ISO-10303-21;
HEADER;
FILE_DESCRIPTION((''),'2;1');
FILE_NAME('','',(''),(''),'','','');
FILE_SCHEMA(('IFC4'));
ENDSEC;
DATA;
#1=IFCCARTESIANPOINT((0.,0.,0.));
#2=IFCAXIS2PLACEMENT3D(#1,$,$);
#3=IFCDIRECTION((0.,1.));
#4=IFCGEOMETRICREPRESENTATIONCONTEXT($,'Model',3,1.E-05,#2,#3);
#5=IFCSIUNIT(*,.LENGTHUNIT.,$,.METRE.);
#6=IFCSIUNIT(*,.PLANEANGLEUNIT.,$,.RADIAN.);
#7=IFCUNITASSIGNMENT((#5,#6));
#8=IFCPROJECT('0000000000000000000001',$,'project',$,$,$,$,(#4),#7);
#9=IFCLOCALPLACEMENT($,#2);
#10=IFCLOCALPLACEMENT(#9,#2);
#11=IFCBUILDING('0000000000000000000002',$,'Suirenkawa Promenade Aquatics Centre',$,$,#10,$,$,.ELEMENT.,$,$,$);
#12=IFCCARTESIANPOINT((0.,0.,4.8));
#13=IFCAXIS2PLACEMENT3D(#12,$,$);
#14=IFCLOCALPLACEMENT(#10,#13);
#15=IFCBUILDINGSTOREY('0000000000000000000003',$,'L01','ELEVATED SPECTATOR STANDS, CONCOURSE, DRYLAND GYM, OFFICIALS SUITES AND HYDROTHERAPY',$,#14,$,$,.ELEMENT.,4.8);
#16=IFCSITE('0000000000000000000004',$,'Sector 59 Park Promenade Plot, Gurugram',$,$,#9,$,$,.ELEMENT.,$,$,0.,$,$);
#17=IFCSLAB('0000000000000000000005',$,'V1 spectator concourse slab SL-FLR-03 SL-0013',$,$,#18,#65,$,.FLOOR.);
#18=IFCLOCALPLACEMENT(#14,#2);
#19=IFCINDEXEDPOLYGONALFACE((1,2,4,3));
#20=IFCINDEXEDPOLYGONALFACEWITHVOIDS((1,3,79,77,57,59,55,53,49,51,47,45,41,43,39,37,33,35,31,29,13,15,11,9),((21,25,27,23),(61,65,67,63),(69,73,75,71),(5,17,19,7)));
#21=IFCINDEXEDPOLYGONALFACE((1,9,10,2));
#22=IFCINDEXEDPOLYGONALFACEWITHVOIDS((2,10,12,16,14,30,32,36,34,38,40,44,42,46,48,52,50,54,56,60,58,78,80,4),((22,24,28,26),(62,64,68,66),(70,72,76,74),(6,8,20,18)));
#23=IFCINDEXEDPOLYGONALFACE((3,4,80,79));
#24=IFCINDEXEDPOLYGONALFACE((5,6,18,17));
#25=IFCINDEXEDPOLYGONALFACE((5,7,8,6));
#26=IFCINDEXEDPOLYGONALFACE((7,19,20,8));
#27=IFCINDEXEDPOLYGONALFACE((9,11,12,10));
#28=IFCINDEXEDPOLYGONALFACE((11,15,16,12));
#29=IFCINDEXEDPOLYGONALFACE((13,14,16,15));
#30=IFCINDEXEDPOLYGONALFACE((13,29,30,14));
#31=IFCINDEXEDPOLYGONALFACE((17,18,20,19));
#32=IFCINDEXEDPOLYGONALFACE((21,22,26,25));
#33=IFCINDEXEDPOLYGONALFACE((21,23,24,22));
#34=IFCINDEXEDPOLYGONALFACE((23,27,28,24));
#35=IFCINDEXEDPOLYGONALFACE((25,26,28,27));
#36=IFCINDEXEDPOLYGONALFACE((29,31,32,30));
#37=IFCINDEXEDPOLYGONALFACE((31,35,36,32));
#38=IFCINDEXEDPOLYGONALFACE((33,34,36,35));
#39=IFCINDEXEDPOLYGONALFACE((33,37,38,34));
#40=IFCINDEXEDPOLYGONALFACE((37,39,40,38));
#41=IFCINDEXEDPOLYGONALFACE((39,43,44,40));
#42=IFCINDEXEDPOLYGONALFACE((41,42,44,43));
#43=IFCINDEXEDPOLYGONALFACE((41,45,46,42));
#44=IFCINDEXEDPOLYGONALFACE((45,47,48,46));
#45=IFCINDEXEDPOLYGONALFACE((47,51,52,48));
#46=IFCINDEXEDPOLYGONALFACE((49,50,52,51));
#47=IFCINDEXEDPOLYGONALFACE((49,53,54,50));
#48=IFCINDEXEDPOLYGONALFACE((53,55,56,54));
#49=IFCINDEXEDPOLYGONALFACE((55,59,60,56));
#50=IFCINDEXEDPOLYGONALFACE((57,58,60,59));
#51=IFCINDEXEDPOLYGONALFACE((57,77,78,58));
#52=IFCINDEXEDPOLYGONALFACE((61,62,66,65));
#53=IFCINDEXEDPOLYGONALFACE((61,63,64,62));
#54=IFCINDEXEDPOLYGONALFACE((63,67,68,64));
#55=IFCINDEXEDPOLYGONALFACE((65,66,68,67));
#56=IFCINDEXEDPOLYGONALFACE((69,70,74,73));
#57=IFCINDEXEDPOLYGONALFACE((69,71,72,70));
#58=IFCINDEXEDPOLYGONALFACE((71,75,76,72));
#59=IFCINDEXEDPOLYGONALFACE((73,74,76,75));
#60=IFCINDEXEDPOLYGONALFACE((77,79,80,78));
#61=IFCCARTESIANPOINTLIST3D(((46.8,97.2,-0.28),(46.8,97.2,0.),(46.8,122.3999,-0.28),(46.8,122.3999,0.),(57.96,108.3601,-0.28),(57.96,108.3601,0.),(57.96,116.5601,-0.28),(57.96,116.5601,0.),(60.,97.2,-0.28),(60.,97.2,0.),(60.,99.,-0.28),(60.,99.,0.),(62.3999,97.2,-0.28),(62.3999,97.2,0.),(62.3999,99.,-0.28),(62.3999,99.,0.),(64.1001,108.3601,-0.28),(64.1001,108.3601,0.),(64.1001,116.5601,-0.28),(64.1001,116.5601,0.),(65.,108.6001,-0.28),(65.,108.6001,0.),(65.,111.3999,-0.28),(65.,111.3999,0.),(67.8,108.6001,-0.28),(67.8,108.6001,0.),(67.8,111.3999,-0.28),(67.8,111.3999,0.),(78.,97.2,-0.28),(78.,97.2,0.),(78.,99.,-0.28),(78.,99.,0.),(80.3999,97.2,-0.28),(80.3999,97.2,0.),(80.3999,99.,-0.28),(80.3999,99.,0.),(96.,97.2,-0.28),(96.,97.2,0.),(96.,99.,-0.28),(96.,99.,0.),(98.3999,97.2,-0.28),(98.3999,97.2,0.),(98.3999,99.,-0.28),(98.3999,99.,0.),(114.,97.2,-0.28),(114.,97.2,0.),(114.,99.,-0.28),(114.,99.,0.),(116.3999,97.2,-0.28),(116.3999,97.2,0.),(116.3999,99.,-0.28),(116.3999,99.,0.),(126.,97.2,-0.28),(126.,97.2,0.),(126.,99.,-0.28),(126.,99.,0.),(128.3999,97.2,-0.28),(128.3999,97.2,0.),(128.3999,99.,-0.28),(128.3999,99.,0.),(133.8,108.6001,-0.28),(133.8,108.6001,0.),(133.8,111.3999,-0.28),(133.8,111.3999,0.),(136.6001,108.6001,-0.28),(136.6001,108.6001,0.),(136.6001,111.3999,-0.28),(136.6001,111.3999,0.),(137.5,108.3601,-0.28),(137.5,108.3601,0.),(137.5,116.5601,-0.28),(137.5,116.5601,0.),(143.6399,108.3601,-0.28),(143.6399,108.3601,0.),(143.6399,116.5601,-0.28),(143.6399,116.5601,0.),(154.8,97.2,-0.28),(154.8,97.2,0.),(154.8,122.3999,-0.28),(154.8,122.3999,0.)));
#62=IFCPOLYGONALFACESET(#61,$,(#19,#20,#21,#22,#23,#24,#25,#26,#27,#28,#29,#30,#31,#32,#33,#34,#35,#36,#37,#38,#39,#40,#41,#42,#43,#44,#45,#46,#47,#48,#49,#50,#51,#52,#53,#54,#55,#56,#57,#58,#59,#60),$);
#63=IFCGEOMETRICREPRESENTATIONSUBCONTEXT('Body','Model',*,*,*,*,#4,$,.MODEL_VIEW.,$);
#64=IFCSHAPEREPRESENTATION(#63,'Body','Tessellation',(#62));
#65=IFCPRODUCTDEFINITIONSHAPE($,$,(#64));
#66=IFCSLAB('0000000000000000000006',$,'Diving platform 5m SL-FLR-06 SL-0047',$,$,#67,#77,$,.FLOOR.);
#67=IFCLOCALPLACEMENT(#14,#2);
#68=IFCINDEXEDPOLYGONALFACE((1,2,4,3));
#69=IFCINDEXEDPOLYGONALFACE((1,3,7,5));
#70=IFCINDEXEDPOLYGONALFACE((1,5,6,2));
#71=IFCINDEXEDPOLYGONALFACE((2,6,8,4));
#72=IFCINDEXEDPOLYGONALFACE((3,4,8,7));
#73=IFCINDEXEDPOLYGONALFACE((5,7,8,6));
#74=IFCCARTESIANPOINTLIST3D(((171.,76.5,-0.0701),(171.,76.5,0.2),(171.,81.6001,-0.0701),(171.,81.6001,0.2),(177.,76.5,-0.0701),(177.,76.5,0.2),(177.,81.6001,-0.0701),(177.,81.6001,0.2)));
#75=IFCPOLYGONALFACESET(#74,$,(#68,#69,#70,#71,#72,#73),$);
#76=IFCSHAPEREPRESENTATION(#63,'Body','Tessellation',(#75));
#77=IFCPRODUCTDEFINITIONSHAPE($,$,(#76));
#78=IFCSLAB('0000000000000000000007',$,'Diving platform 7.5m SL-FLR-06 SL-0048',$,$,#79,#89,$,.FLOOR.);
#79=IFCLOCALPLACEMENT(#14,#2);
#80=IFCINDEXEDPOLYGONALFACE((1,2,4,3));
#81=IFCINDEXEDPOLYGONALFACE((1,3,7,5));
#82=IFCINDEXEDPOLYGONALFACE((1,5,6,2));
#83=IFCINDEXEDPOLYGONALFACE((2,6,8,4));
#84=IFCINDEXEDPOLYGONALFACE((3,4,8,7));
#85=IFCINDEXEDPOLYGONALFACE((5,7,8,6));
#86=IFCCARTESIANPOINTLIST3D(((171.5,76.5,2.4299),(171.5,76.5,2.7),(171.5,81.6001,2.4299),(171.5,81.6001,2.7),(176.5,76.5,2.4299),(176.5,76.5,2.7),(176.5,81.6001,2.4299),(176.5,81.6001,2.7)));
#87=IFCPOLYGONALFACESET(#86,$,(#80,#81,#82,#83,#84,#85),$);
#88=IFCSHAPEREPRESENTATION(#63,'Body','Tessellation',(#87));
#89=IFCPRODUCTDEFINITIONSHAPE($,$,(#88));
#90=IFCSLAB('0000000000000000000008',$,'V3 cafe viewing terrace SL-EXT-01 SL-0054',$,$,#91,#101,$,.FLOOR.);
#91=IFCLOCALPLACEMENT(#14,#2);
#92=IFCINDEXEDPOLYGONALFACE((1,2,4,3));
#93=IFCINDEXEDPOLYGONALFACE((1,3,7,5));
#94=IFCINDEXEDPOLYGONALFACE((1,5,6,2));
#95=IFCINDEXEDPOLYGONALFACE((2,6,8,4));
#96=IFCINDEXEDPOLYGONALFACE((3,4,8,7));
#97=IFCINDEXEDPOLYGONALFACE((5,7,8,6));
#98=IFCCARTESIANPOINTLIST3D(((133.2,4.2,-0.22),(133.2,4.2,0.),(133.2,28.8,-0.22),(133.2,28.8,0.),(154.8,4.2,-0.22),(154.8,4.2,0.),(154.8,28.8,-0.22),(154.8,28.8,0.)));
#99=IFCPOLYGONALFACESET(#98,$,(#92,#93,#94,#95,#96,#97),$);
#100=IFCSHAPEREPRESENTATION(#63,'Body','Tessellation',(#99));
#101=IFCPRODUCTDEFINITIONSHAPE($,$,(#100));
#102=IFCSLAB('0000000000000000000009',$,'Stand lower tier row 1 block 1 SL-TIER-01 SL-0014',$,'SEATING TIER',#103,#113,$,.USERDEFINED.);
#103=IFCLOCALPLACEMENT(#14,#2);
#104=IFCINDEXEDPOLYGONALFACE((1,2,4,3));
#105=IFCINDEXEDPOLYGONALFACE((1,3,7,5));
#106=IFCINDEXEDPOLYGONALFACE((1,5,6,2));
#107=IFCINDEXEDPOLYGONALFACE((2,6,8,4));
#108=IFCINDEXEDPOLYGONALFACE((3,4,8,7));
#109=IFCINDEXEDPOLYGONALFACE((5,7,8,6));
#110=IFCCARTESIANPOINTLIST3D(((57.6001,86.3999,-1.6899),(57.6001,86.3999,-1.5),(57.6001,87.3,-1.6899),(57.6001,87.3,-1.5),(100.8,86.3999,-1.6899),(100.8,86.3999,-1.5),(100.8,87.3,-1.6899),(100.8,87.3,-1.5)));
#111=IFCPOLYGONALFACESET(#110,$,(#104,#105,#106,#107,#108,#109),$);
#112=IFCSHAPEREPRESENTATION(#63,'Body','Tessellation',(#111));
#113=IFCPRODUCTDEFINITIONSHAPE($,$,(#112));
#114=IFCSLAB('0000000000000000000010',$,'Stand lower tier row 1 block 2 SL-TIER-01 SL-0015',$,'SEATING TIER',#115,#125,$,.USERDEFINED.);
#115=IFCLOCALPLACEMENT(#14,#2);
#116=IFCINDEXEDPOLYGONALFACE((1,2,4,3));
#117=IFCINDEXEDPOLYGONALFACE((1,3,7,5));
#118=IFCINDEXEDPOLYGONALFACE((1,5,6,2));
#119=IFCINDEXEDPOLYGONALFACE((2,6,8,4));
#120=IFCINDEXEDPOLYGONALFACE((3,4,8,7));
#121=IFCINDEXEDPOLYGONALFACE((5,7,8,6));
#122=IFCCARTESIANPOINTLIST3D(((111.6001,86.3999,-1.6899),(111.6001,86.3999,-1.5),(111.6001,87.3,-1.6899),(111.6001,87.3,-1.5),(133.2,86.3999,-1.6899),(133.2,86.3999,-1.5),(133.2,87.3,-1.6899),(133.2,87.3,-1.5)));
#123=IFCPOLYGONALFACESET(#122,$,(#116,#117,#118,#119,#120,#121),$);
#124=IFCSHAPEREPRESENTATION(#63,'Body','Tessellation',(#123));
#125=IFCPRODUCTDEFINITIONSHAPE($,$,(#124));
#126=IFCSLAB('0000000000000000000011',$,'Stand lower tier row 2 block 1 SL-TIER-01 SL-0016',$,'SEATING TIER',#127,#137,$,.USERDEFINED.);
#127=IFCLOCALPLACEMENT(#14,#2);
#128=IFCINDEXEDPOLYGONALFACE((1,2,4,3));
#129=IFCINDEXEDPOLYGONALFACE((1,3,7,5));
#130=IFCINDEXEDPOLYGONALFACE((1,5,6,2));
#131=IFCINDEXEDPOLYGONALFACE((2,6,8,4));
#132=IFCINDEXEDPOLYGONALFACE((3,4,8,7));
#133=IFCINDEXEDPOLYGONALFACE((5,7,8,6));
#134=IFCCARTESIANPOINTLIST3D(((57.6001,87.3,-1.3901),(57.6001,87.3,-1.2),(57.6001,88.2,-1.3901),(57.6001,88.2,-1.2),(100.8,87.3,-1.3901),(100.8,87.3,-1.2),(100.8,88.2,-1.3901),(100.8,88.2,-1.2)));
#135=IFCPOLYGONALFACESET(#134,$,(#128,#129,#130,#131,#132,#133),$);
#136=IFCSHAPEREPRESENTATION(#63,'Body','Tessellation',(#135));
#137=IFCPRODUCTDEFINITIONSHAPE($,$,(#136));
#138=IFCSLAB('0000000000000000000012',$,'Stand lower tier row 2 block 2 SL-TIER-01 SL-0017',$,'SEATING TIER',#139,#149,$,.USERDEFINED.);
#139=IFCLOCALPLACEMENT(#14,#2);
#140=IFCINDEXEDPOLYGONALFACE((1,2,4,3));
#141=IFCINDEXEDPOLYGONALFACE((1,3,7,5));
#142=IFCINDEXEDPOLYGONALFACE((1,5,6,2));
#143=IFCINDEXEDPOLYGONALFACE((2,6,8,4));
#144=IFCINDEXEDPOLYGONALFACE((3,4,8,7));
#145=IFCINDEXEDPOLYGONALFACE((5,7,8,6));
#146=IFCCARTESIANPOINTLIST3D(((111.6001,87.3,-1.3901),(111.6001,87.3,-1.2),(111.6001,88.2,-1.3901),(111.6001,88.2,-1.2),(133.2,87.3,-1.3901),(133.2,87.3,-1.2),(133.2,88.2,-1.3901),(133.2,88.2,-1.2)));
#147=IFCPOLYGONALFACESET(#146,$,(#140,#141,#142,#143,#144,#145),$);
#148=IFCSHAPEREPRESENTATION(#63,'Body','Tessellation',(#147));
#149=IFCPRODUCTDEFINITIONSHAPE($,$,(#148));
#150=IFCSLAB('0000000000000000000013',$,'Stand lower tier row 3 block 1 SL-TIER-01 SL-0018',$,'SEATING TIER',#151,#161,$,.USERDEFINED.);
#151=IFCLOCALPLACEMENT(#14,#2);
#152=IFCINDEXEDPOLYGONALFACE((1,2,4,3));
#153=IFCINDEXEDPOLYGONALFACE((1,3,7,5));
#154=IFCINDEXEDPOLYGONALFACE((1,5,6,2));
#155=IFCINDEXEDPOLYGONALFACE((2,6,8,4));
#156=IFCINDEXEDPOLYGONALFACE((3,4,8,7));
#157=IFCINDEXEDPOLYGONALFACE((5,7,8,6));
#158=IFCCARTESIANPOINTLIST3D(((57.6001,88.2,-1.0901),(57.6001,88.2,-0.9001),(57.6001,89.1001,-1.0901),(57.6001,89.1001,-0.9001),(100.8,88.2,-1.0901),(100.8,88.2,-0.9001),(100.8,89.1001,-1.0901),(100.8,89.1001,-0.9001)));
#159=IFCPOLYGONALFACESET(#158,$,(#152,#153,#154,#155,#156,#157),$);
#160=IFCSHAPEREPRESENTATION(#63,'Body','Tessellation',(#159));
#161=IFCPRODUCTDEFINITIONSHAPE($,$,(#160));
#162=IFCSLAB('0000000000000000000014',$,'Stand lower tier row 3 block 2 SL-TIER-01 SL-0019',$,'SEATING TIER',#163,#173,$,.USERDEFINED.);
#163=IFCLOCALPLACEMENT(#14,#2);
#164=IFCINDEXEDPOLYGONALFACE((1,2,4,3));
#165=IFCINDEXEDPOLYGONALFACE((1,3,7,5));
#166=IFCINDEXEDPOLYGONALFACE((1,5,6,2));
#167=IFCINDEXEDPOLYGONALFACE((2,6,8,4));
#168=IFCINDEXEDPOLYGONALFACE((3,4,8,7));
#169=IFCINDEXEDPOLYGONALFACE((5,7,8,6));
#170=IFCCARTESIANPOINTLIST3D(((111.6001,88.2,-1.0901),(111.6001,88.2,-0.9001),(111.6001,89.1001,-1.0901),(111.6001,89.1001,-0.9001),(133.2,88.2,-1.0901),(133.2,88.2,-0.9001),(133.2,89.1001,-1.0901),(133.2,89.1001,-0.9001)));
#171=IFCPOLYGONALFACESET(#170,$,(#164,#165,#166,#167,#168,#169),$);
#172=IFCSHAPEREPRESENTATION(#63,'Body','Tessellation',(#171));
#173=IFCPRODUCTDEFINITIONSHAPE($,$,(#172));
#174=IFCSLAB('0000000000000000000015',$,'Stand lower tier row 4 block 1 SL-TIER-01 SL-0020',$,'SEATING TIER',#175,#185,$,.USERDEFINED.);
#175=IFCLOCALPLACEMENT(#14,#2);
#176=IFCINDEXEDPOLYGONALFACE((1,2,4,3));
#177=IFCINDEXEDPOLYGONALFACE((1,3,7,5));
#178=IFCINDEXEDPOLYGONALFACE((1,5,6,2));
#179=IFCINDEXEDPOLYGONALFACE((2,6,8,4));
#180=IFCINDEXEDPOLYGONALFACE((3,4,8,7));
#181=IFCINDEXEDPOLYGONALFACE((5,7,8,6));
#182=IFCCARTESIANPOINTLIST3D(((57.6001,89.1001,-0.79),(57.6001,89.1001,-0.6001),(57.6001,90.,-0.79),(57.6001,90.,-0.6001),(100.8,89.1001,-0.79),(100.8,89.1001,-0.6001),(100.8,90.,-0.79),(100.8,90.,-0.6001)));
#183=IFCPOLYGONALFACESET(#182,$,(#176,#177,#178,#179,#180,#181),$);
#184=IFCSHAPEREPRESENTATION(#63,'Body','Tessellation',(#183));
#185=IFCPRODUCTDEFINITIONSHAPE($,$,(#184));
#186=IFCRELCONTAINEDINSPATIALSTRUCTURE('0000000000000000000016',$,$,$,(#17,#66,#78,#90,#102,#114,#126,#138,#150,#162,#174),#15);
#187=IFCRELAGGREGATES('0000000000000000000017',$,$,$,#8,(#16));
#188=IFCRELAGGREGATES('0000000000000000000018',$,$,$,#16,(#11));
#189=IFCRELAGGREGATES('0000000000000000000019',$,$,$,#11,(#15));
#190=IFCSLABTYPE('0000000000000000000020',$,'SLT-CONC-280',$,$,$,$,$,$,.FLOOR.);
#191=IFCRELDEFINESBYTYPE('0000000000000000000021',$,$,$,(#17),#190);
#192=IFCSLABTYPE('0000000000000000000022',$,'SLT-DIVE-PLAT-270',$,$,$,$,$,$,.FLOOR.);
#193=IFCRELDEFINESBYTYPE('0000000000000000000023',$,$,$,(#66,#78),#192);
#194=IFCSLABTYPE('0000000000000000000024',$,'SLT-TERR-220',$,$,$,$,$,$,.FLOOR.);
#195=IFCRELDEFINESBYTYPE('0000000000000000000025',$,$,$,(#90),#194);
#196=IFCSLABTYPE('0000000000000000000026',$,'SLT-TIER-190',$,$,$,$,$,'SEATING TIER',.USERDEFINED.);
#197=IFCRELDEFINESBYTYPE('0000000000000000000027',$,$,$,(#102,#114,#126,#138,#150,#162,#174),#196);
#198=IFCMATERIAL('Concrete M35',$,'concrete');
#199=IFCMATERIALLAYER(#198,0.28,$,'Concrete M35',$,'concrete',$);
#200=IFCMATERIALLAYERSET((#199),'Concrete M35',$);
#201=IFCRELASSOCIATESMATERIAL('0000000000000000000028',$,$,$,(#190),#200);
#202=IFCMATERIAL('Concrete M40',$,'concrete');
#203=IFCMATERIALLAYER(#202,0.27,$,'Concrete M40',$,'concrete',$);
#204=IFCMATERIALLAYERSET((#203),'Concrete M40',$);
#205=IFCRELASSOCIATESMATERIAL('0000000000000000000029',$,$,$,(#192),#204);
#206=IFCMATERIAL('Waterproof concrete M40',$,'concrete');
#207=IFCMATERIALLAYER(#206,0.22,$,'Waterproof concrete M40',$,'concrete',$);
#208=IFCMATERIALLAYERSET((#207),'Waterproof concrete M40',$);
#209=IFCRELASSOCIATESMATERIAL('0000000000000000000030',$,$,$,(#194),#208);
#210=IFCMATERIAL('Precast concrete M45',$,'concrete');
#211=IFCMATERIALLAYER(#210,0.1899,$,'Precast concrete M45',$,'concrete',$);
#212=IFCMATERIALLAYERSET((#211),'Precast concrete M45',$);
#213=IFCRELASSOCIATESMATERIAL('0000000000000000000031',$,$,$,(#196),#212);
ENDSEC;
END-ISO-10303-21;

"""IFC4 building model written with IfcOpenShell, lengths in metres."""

from ifc_helpers import new_model, si_unit, direction, frame, origin, place, context, subcontext, project, spatial, polyline, outline, extrude, material, layer, layer_set, type_object, element, save


model = new_model("IFC4")

# Units and contexts
model_context = context("Model", 3, precision=1e-05, world=origin(), true_north=direction((0.0, 1.0)))
body_context = subcontext(model_context, "Body", "Model", "MODEL_VIEW")
ifc_project = project(units=[si_unit("LENGTHUNIT", "METRE"), si_unit("PLANEANGLEUNIT", "RADIAN")], contexts=[model_context])

# Site, building, storey
site_placement = place(None, origin())
site = spatial("IfcSite", under=ifc_project, at=site_placement, Name="Sector 59 Park Promenade Plot, Gurugram", CompositionType="ELEMENT", RefElevation=0.0)
building_placement = place(site_placement, origin())
building = spatial("IfcBuilding", under=site, at=building_placement, Name="Suirenkawa Promenade Aquatics Centre", CompositionType="ELEMENT")
storey_placement = place(building_placement, frame((0.0, 0.0, 4.8)))
storey = spatial("IfcBuildingStorey", under=building, at=storey_placement, Name="L01", Description="ELEVATED SPECTATOR STANDS, CONCOURSE, DRYLAND GYM, OFFICIALS SUITES AND HYDROTHERAPY", CompositionType="ELEMENT", Elevation=4.8)

# Slabs
ifc_material_1 = material(Name="Concrete M35", Category="concrete")
ifc_layer_1 = layer(ifc_material_1, 0.28, Name="Concrete M35", Category="concrete")
ifc_layer_set_1 = layer_set([ifc_layer_1], Name="Concrete M35")
slab_type_1 = type_object("IfcSlabType", Name="SLT-CONC-280", PredefinedType="FLOOR", material=ifc_layer_set_1)
slab_1_placement = place(storey_placement, frame((0.0, 0.0, -0.28)))
element("IfcSlab", 1, at=slab_1_placement, inside=storey, type_object=slab_type_1, Name="V1 spectator concourse slab SL-FLR-03 SL-0013", PredefinedType="FLOOR", context=body_context, shape_type="SweptSolid", body=[
    extrude(outline(polyline([(46.8, 97.2), (60.0, 97.2), (60.0, 99.0), (62.3999, 99.0), (62.3999, 97.2), (78.0, 97.2), (78.0, 99.0), (80.3999, 99.0), (80.3999, 97.2), (96.0, 97.2), (96.0, 99.0), (98.3999, 99.0), (98.3999, 97.2), (114.0, 97.2), (114.0, 99.0), (116.3999, 99.0), (116.3999, 97.2), (126.0, 97.2), (126.0, 99.0), (128.3999, 99.0), (128.3999, 97.2), (154.8, 97.2), (154.8, 122.3999), (46.8, 122.3999), (46.8, 97.2)]), holes=[polyline([(57.96, 108.3601), (64.1001, 108.3601), (64.1001, 116.5601), (57.96, 116.5601), (57.96, 108.3601)]), polyline([(65.0, 108.6001), (67.8, 108.6001), (67.8, 111.3999), (65.0, 111.3999), (65.0, 108.6001)]), polyline([(137.5, 108.3601), (143.6399, 108.3601), (143.6399, 116.5601), (137.5, 116.5601), (137.5, 108.3601)]), polyline([(133.8, 108.6001), (136.6001, 108.6001), (136.6001, 111.3999), (133.8, 111.3999), (133.8, 108.6001)])]), origin(), (0.0, 0.0, 1.0), 0.28),
])
ifc_material_2 = material(Name="Concrete M40", Category="concrete")
ifc_layer_2 = layer(ifc_material_2, 0.27, Name="Concrete M40", Category="concrete")
ifc_layer_set_2 = layer_set([ifc_layer_2], Name="Concrete M40")
slab_type_2 = type_object("IfcSlabType", Name="SLT-DIVE-PLAT-270", PredefinedType="FLOOR", material=ifc_layer_set_2)
slab_2_placement = place(storey_placement, frame((0.0, 0.0, -0.0701)))
element("IfcSlab", 2, at=slab_2_placement, inside=storey, type_object=slab_type_2, Name="Diving platform 5m SL-FLR-06 SL-0047", PredefinedType="FLOOR", context=body_context, shape_type="SweptSolid", body=[
    extrude(outline(polyline([(171.0, 76.5), (177.0, 76.5), (177.0, 81.6001), (171.0, 81.6001), (171.0, 76.5)])), origin(), (0.0, 0.0, 1.0), 0.27),
])
slab_3_placement = place(storey_placement, frame((0.0, 0.0, 2.4299)))
element("IfcSlab", 3, at=slab_3_placement, inside=storey, type_object=slab_type_2, Name="Diving platform 7.5m SL-FLR-06 SL-0048", PredefinedType="FLOOR", context=body_context, shape_type="SweptSolid", body=[
    extrude(outline(polyline([(171.5, 76.5), (176.5, 76.5), (176.5, 81.6001), (171.5, 81.6001), (171.5, 76.5)])), origin(), (0.0, 0.0, 1.0), 0.27),
])
ifc_material_3 = material(Name="Waterproof concrete M40", Category="concrete")
ifc_layer_3 = layer(ifc_material_3, 0.22, Name="Waterproof concrete M40", Category="concrete")
ifc_layer_set_3 = layer_set([ifc_layer_3], Name="Waterproof concrete M40")
slab_type_3 = type_object("IfcSlabType", Name="SLT-TERR-220", PredefinedType="FLOOR", material=ifc_layer_set_3)
slab_4_placement = place(storey_placement, frame((0.0, 0.0, -0.22)))
element("IfcSlab", 4, at=slab_4_placement, inside=storey, type_object=slab_type_3, Name="V3 cafe viewing terrace SL-EXT-01 SL-0054", PredefinedType="FLOOR", context=body_context, shape_type="SweptSolid", body=[
    extrude(outline(polyline([(133.2, 4.2), (154.8, 4.2), (154.8, 28.8), (133.2, 28.8), (133.2, 4.2)])), origin(), (0.0, 0.0, 1.0), 0.22),
])
ifc_material_4 = material(Name="Precast concrete M45", Category="concrete")
ifc_layer_4 = layer(ifc_material_4, 0.1899, Name="Precast concrete M45", Category="concrete")
ifc_layer_set_4 = layer_set([ifc_layer_4], Name="Precast concrete M45")
slab_type_4 = type_object("IfcSlabType", Name="SLT-TIER-190", ElementType="SEATING TIER", PredefinedType="USERDEFINED", material=ifc_layer_set_4)
slab_5_placement = place(storey_placement, frame((0.0, 0.0, -1.6899)))
element("IfcSlab", 5, at=slab_5_placement, inside=storey, type_object=slab_type_4, Name="Stand lower tier row 1 block 1 SL-TIER-01 SL-0014", ObjectType="SEATING TIER", PredefinedType="USERDEFINED", context=body_context, shape_type="SweptSolid", body=[
    extrude(outline(polyline([(57.6001, 86.3999), (100.8, 86.3999), (100.8, 87.3), (57.6001, 87.3), (57.6001, 86.3999)])), origin(), (0.0, 0.0, 1.0), 0.1899),
])
slab_6_placement = place(storey_placement, frame((0.0, 0.0, -1.6899)))
element("IfcSlab", 6, at=slab_6_placement, inside=storey, type_object=slab_type_4, Name="Stand lower tier row 1 block 2 SL-TIER-01 SL-0015", ObjectType="SEATING TIER", PredefinedType="USERDEFINED", context=body_context, shape_type="SweptSolid", body=[
    extrude(outline(polyline([(111.6001, 86.3999), (133.2, 86.3999), (133.2, 87.3), (111.6001, 87.3), (111.6001, 86.3999)])), origin(), (0.0, 0.0, 1.0), 0.1899),
])
slab_7_placement = place(storey_placement, frame((0.0, 0.0, -1.3901)))
element("IfcSlab", 7, at=slab_7_placement, inside=storey, type_object=slab_type_4, Name="Stand lower tier row 2 block 1 SL-TIER-01 SL-0016", ObjectType="SEATING TIER", PredefinedType="USERDEFINED", context=body_context, shape_type="SweptSolid", body=[
    extrude(outline(polyline([(57.6001, 87.3), (100.8, 87.3), (100.8, 88.2), (57.6001, 88.2), (57.6001, 87.3)])), origin(), (0.0, 0.0, 1.0), 0.1902),
])
slab_8_placement = place(storey_placement, frame((0.0, 0.0, -1.3901)))
element("IfcSlab", 8, at=slab_8_placement, inside=storey, type_object=slab_type_4, Name="Stand lower tier row 2 block 2 SL-TIER-01 SL-0017", ObjectType="SEATING TIER", PredefinedType="USERDEFINED", context=body_context, shape_type="SweptSolid", body=[
    extrude(outline(polyline([(111.6001, 87.3), (133.2, 87.3), (133.2, 88.2), (111.6001, 88.2), (111.6001, 87.3)])), origin(), (0.0, 0.0, 1.0), 0.1902),
])
slab_9_placement = place(storey_placement, frame((0.0, 0.0, -1.0901)))
element("IfcSlab", 9, at=slab_9_placement, inside=storey, type_object=slab_type_4, Name="Stand lower tier row 3 block 1 SL-TIER-01 SL-0018", ObjectType="SEATING TIER", PredefinedType="USERDEFINED", context=body_context, shape_type="SweptSolid", body=[
    extrude(outline(polyline([(57.6001, 88.2), (100.8, 88.2), (100.8, 89.1001), (57.6001, 89.1001), (57.6001, 88.2)])), origin(), (0.0, 0.0, 1.0), 0.1899),
])
slab_10_placement = place(storey_placement, frame((0.0, 0.0, -1.0901)))
element("IfcSlab", 10, at=slab_10_placement, inside=storey, type_object=slab_type_4, Name="Stand lower tier row 3 block 2 SL-TIER-01 SL-0019", ObjectType="SEATING TIER", PredefinedType="USERDEFINED", context=body_context, shape_type="SweptSolid", body=[
    extrude(outline(polyline([(111.6001, 88.2), (133.2, 88.2), (133.2, 89.1001), (111.6001, 89.1001), (111.6001, 88.2)])), origin(), (0.0, 0.0, 1.0), 0.1899),
])
slab_11_placement = place(storey_placement, frame((0.0, 0.0, -0.79)))
element("IfcSlab", 11, at=slab_11_placement, inside=storey, type_object=slab_type_4, Name="Stand lower tier row 4 block 1 SL-TIER-01 SL-0020", ObjectType="SEATING TIER", PredefinedType="USERDEFINED", context=body_context, shape_type="SweptSolid", body=[
    extrude(outline(polyline([(57.6001, 89.1001), (100.8, 89.1001), (100.8, 90.0), (57.6001, 90.0), (57.6001, 89.1001)])), origin(), (0.0, 0.0, 1.0), 0.1899),
])

save(model, "model.ifc")
